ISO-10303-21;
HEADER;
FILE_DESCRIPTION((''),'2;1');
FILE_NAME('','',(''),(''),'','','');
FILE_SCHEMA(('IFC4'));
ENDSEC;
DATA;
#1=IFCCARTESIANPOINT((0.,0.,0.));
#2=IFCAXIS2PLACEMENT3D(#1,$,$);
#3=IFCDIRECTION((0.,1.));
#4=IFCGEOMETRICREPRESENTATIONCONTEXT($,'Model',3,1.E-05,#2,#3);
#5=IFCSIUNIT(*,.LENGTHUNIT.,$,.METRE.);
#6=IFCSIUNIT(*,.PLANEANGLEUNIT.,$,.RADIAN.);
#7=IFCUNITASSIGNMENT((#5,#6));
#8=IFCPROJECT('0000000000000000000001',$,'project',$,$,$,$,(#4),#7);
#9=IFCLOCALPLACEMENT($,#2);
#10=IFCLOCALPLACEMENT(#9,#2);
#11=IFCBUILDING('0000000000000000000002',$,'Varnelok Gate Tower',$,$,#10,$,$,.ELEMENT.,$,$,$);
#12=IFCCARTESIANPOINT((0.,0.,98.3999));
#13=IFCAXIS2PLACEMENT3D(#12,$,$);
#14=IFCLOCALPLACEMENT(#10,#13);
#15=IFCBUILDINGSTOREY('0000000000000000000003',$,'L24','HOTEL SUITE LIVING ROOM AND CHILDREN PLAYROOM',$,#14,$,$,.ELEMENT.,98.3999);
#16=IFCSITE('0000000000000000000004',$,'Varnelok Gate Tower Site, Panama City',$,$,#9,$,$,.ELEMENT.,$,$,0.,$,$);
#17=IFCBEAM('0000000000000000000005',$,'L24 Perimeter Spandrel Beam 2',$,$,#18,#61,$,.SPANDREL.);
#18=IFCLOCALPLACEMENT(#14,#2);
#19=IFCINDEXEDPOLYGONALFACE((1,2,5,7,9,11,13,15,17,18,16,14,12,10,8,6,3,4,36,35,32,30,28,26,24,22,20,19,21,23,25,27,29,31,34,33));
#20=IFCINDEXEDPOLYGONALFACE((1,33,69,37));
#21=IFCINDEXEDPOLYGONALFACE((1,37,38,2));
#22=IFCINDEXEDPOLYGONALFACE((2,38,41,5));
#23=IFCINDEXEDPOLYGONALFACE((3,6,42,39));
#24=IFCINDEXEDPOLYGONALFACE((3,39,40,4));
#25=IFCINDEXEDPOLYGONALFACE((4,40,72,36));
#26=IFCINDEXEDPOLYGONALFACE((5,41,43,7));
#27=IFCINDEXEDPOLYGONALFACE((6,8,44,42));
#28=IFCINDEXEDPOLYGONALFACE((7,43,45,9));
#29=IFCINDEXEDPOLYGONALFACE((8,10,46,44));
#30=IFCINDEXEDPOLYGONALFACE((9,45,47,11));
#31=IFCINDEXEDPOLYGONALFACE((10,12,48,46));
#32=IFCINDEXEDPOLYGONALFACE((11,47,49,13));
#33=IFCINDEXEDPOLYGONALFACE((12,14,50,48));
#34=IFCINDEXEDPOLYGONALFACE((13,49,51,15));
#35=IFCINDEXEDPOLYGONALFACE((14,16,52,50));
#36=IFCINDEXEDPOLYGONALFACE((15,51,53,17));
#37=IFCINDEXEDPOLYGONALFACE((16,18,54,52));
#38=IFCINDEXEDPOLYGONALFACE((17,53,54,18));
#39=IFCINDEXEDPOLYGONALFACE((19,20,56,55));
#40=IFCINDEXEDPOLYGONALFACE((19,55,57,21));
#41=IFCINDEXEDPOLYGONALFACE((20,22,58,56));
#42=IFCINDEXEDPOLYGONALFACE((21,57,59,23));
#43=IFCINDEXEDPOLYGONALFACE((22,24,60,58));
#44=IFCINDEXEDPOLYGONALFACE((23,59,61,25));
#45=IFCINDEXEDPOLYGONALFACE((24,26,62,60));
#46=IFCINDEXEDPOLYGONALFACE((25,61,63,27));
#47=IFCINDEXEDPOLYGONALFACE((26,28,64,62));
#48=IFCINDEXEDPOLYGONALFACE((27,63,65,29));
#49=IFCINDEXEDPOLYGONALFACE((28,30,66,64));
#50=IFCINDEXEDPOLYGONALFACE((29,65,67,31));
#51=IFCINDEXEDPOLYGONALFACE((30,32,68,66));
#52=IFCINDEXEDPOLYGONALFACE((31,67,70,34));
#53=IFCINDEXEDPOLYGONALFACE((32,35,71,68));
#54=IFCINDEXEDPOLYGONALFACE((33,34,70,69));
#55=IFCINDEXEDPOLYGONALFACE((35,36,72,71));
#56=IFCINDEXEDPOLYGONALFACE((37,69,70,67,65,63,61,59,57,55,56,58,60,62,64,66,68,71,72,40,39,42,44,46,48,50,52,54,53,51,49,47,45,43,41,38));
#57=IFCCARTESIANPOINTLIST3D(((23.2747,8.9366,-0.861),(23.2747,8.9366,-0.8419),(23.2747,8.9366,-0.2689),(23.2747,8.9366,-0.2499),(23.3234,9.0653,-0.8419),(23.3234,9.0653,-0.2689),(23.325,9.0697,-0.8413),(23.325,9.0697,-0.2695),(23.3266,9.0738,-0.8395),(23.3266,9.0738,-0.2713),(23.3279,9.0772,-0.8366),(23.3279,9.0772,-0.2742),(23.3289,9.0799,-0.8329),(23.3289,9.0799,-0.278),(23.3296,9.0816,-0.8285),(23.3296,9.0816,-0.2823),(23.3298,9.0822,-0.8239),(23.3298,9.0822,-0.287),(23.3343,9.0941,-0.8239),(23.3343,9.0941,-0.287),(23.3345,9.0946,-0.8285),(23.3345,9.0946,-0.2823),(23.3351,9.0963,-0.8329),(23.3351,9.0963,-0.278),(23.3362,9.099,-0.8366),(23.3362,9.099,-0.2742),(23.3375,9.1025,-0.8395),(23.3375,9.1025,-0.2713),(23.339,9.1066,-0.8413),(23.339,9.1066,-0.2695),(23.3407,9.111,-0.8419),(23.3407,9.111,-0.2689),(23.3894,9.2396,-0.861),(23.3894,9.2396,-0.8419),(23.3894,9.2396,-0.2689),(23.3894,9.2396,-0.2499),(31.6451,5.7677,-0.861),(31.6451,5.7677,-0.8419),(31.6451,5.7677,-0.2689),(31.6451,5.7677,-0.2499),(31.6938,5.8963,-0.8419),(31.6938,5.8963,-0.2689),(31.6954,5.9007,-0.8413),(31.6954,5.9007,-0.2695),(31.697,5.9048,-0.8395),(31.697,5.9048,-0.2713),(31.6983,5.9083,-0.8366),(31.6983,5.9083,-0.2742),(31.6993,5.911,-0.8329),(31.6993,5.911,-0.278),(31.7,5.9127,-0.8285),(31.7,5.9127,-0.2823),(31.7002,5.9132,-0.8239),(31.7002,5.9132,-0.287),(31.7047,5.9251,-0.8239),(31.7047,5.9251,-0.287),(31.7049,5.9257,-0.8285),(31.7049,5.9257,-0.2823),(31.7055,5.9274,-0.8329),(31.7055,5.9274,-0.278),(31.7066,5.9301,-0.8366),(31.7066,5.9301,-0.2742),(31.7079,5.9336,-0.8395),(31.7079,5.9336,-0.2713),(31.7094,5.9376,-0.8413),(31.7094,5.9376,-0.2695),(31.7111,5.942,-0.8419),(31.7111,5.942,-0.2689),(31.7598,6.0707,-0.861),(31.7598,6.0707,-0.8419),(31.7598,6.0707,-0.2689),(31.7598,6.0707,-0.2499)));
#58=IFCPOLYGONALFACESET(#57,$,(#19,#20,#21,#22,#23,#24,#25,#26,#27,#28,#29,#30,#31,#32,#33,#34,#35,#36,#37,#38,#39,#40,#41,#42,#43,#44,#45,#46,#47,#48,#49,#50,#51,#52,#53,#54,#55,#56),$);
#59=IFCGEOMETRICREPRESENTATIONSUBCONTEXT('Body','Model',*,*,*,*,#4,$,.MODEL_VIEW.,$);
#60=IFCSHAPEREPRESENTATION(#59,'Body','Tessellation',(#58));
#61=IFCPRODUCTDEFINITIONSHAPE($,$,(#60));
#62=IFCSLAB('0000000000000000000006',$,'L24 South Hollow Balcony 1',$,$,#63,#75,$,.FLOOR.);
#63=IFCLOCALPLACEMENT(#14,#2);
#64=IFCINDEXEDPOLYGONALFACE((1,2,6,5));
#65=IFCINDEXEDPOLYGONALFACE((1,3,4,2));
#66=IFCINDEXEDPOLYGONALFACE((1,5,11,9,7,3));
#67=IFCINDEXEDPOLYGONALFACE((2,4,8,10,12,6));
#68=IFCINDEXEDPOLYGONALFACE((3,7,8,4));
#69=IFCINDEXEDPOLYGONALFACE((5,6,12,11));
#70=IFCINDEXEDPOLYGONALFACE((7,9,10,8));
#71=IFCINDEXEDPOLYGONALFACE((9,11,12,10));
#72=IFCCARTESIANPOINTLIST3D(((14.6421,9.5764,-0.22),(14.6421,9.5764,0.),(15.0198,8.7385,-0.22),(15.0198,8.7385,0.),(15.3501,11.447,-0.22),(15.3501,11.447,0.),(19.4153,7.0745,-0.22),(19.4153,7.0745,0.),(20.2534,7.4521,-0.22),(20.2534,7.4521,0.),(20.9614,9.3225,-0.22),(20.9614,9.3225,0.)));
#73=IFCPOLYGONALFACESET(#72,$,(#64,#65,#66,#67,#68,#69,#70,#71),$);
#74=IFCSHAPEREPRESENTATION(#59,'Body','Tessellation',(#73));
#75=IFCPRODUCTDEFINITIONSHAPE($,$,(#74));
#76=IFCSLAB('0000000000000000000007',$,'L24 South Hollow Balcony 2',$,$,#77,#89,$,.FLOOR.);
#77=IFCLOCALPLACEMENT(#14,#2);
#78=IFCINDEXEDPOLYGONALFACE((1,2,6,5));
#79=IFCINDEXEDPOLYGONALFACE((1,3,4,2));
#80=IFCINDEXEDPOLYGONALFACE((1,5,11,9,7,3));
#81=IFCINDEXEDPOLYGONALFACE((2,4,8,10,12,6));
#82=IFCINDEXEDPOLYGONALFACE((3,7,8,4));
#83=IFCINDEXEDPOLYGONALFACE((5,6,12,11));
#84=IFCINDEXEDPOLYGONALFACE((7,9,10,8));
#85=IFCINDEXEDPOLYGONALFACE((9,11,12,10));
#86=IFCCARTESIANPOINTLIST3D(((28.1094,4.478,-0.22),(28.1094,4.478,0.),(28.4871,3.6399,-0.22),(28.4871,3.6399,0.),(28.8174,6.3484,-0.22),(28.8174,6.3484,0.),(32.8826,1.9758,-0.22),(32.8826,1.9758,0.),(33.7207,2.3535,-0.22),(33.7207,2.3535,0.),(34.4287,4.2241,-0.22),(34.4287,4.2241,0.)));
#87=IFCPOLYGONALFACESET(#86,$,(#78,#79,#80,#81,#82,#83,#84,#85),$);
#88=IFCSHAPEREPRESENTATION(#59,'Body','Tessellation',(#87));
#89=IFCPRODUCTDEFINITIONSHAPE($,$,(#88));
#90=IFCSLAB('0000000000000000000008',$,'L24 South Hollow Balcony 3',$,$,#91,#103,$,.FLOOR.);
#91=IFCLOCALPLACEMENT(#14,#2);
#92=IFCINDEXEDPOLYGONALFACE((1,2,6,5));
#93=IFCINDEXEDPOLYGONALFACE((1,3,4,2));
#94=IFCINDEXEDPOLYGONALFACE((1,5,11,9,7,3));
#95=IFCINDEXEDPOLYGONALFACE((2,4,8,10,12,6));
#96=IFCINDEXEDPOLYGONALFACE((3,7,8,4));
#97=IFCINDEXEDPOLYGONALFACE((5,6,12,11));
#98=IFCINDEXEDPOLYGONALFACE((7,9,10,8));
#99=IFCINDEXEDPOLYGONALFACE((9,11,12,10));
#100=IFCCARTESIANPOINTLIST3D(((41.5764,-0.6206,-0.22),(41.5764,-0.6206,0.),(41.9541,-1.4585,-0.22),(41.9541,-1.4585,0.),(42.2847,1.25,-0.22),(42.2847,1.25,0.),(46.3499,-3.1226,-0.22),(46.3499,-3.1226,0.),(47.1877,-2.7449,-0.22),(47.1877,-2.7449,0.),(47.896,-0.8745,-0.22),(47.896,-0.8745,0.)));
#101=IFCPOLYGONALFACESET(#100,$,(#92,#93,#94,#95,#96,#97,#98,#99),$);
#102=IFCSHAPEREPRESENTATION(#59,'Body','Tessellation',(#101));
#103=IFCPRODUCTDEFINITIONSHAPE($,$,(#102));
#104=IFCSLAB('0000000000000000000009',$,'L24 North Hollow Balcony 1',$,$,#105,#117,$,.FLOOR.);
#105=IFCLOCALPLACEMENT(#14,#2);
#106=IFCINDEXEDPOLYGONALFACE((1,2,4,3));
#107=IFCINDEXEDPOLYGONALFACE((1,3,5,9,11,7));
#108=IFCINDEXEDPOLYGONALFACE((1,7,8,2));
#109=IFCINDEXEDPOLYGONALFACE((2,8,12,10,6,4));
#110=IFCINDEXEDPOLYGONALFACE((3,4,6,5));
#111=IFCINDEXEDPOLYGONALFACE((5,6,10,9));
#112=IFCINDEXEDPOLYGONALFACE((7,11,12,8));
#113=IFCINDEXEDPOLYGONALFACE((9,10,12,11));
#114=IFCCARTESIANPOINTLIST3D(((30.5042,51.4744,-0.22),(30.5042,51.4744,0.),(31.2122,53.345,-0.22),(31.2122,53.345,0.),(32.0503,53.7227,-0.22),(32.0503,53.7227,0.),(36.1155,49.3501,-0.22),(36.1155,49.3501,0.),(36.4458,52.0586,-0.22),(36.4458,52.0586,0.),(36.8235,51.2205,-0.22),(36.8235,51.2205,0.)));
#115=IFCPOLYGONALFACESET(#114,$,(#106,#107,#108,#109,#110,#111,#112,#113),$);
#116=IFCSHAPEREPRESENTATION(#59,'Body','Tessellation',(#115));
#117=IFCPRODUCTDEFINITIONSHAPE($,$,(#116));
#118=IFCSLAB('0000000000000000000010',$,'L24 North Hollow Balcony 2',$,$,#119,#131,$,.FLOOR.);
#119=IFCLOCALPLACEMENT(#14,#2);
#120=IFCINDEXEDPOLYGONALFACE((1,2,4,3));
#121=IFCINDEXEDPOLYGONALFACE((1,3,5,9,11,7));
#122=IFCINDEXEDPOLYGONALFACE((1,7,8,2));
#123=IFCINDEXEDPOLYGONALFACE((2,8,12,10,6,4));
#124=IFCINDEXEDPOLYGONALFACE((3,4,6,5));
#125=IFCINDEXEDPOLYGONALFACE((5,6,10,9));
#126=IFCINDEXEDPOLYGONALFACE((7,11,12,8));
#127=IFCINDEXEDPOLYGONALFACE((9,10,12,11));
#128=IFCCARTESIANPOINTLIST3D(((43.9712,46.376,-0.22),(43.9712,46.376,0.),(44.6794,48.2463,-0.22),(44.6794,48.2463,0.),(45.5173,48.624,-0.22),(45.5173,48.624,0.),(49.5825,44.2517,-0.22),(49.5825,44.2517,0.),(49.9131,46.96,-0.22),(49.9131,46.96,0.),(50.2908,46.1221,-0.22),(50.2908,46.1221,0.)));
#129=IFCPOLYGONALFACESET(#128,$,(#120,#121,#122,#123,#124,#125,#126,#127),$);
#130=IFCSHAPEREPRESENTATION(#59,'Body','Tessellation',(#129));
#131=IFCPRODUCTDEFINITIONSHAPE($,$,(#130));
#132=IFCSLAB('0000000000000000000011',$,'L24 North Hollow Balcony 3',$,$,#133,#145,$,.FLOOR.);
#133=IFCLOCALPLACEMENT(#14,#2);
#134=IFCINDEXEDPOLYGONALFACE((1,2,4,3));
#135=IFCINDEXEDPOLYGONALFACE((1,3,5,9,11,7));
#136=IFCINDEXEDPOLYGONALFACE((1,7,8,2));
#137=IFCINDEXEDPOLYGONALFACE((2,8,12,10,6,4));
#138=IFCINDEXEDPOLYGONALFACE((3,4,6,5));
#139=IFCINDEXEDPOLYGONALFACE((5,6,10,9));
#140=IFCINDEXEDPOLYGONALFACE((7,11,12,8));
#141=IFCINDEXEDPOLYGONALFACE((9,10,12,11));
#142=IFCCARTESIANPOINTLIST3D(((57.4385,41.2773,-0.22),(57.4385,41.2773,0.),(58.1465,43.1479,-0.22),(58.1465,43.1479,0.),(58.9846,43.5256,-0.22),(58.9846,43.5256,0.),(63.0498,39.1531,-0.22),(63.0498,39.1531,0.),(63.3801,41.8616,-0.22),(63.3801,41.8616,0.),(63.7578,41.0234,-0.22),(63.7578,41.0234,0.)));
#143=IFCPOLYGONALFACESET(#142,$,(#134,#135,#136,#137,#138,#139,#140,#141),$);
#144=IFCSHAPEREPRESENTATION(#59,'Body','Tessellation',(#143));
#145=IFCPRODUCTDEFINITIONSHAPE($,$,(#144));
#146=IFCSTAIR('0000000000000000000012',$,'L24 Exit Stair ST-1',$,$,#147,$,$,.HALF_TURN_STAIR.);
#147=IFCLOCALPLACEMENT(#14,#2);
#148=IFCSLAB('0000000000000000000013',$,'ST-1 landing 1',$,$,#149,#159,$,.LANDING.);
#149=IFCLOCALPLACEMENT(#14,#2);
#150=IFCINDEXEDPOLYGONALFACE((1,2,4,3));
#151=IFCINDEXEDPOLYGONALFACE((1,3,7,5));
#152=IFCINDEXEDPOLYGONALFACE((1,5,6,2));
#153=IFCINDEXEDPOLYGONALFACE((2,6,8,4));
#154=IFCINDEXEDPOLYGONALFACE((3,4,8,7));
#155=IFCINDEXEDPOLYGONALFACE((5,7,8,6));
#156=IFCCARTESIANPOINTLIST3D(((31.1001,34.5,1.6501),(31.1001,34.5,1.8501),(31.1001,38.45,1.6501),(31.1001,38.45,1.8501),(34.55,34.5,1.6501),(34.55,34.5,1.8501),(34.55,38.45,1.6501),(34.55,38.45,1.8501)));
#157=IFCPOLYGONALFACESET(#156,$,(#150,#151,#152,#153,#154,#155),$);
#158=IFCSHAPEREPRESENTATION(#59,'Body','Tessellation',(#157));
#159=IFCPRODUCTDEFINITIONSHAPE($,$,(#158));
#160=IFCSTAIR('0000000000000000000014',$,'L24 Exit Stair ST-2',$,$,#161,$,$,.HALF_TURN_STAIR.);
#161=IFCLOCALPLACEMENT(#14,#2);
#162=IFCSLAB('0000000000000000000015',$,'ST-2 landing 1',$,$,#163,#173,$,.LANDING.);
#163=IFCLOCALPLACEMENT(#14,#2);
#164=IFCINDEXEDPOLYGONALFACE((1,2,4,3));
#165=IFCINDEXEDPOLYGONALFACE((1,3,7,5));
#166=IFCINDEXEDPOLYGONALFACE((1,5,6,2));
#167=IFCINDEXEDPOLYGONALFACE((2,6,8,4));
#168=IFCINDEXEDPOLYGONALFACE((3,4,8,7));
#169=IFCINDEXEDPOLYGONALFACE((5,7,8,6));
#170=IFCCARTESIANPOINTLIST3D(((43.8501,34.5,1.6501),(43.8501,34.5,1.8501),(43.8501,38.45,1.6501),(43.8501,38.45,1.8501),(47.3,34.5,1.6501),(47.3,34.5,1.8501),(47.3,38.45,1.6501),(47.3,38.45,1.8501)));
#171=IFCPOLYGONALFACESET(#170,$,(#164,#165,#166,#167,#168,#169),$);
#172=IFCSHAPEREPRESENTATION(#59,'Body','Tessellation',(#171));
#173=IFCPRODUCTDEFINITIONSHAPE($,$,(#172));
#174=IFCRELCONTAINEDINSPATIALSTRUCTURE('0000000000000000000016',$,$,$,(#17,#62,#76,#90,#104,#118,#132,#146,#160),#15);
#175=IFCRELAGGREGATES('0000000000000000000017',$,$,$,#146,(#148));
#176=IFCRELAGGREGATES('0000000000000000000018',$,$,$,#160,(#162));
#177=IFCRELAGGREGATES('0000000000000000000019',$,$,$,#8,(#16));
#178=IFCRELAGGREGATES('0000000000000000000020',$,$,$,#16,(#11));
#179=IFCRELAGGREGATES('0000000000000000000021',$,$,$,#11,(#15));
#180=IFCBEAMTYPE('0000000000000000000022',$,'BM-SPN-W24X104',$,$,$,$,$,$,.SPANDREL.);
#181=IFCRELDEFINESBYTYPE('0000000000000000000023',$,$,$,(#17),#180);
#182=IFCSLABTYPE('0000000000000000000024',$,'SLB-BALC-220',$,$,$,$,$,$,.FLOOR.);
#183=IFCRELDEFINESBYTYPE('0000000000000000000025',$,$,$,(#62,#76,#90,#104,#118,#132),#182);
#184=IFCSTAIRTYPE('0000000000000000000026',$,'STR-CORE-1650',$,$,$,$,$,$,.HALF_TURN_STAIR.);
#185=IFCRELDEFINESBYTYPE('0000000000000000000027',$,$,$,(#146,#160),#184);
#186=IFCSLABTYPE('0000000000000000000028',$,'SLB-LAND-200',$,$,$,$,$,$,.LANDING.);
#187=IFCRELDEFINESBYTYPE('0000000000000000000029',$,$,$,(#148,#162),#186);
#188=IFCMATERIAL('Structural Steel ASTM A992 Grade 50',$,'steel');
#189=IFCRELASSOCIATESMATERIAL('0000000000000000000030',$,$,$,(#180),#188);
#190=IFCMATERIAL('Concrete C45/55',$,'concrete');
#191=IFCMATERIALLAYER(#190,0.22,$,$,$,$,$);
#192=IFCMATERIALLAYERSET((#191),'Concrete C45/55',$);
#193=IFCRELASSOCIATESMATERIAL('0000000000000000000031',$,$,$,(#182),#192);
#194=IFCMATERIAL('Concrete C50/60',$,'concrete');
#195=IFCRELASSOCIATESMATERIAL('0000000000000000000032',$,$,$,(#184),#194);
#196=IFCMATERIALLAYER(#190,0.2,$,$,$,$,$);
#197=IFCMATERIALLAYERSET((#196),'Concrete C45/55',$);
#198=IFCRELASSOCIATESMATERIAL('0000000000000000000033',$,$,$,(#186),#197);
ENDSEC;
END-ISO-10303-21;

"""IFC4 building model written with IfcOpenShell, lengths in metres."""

from ifc_helpers import new_model, si_unit, direction, frame, origin, origin_2d, place, context, subcontext, project, spatial, polyline, i_section, outline, extrude, material, layer, layer_set, material_profile, profile_set, type_object, element, aggregate, save


model = new_model("IFC4")

# Units and contexts
model_context = context("Model", 3, precision=1e-05, world=origin(), true_north=direction((0.0, 1.0)))
body_context = subcontext(model_context, "Body", "Model", "MODEL_VIEW")
ifc_project = project(units=[si_unit("LENGTHUNIT", "METRE"), si_unit("PLANEANGLEUNIT", "RADIAN")], contexts=[model_context])

# Site, building, storey
site_placement = place(None, origin())
site = spatial("IfcSite", under=ifc_project, at=site_placement, Name="Varnelok Gate Tower Site, Panama City", CompositionType="ELEMENT", RefElevation=0.0)
building_placement = place(site_placement, origin())
building = spatial("IfcBuilding", under=site, at=building_placement, Name="Varnelok Gate Tower", CompositionType="ELEMENT")
storey_placement = place(building_placement, frame((0.0, 0.0, 98.3999)))
storey = spatial("IfcBuildingStorey", under=building, at=storey_placement, Name="L24", Description="HOTEL SUITE LIVING ROOM AND CHILDREN PLAYROOM", CompositionType="ELEMENT", Elevation=98.3999)

# Shared definitions
ifc_material_1 = material(Name="Structural Steel ASTM A992 Grade 50", Category="steel")

# Beam
ifc_material_profile_1 = material_profile(ifc_material_1, i_section(OverallWidth=0.324, OverallDepth=0.6111, WebThickness=0.0127, FlangeThickness=0.019, FilletRadius=0.0181, at=origin_2d()), Name="W24X104")
ifc_profile_set_1 = profile_set([ifc_material_profile_1], Name="Structural Steel ASTM A992 Grade 50")
beam_type_1 = type_object("IfcBeamType", Name="BM-SPN-W24X104", PredefinedType="SPANDREL", material=ifc_profile_set_1)
beam_1_placement = place(storey_placement, frame((23.332, 9.0881, -0.5554), z_axis=(0.93522, -0.354066, 0.0), x_axis=(0.354066, 0.93522, 0.0)))
element("IfcBeam", 1, at=beam_1_placement, inside=storey, type_object=beam_type_1, Name="L24 Perimeter Spandrel Beam 2", PredefinedType="SPANDREL", context=body_context, shape_type="SweptSolid", body=[
    extrude(i_section(OverallWidth=0.324, OverallDepth=0.6111, WebThickness=0.0127, FlangeThickness=0.019, FilletRadius=0.0181, at=origin_2d()), origin(), (0.0, 0.0, 1.0), 8.9502),
])

# Slabs
ifc_material_2 = material(Name="Concrete C45/55", Category="concrete")
ifc_layer_1 = layer(ifc_material_2, 0.22)
ifc_layer_set_1 = layer_set([ifc_layer_1], Name="Concrete C45/55")
slab_type_1 = type_object("IfcSlabType", Name="SLB-BALC-220", PredefinedType="FLOOR", material=ifc_layer_set_1)
slab_1_placement = place(storey_placement, frame((0.0, 0.0, -0.22)))
element("IfcSlab", 2, at=slab_1_placement, inside=storey, type_object=slab_type_1, Name="L24 South Hollow Balcony 1", PredefinedType="FLOOR", context=body_context, shape_type="SweptSolid", body=[
    extrude(outline(polyline([(14.6421, 9.5764), (15.0198, 8.7385), (19.4153, 7.0745), (20.2534, 7.4521), (20.9614, 9.3225), (15.3501, 11.447), (14.6421, 9.5764)])), origin(), (0.0, 0.0, 1.0), 0.22),
])
slab_2_placement = place(storey_placement, frame((0.0, 0.0, -0.22)))
element("IfcSlab", 3, at=slab_2_placement, inside=storey, type_object=slab_type_1, Name="L24 South Hollow Balcony 2", PredefinedType="FLOOR", context=body_context, shape_type="SweptSolid", body=[
    extrude(outline(polyline([(28.1094, 4.478), (28.4871, 3.6399), (32.8826, 1.9758), (33.7207, 2.3535), (34.4287, 4.2241), (28.8174, 6.3484), (28.1094, 4.478)])), origin(), (0.0, 0.0, 1.0), 0.22),
])
slab_3_placement = place(storey_placement, frame((0.0, 0.0, -0.22)))
element("IfcSlab", 4, at=slab_3_placement, inside=storey, type_object=slab_type_1, Name="L24 South Hollow Balcony 3", PredefinedType="FLOOR", context=body_context, shape_type="SweptSolid", body=[
    extrude(outline(polyline([(41.5764, -0.6206), (41.9541, -1.4585), (46.3499, -3.1226), (47.1877, -2.7449), (47.896, -0.8745), (42.2847, 1.25), (41.5764, -0.6206)])), origin(), (0.0, 0.0, 1.0), 0.22),
])
slab_4_placement = place(storey_placement, frame((0.0, 0.0, -0.22)))
element("IfcSlab", 5, at=slab_4_placement, inside=storey, type_object=slab_type_1, Name="L24 North Hollow Balcony 1", PredefinedType="FLOOR", context=body_context, shape_type="SweptSolid", body=[
    extrude(outline(polyline([(30.5042, 51.4744), (36.1155, 49.3501), (36.8235, 51.2205), (36.4458, 52.0586), (32.0503, 53.7227), (31.2122, 53.345), (30.5042, 51.4744)])), origin(), (0.0, 0.0, 1.0), 0.22),
])
slab_5_placement = place(storey_placement, frame((0.0, 0.0, -0.22)))
element("IfcSlab", 6, at=slab_5_placement, inside=storey, type_object=slab_type_1, Name="L24 North Hollow Balcony 2", PredefinedType="FLOOR", context=body_context, shape_type="SweptSolid", body=[
    extrude(outline(polyline([(43.9712, 46.376), (49.5825, 44.2517), (50.2908, 46.1221), (49.9131, 46.96), (45.5173, 48.624), (44.6794, 48.2463), (43.9712, 46.376)])), origin(), (0.0, 0.0, 1.0), 0.22),
])
slab_6_placement = place(storey_placement, frame((0.0, 0.0, -0.22)))
element("IfcSlab", 7, at=slab_6_placement, inside=storey, type_object=slab_type_1, Name="L24 North Hollow Balcony 3", PredefinedType="FLOOR", context=body_context, shape_type="SweptSolid", body=[
    extrude(outline(polyline([(57.4385, 41.2773), (63.0498, 39.1531), (63.7578, 41.0234), (63.3801, 41.8616), (58.9846, 43.5256), (58.1465, 43.1479), (57.4385, 41.2773)])), origin(), (0.0, 0.0, 1.0), 0.22),
])

# Stairs, slabs
ifc_material_3 = material(Name="Concrete C50/60", Category="concrete")
stair_type = type_object("IfcStairType", Name="STR-CORE-1650", PredefinedType="HALF_TURN_STAIR", material=ifc_material_3)
stair_1_placement = place(storey_placement, origin())
stair_1 = element("IfcStair", 8, at=stair_1_placement, inside=storey, type_object=stair_type, Name="L24 Exit Stair ST-1", PredefinedType="HALF_TURN_STAIR")
ifc_layer_2 = layer(ifc_material_2, 0.2)
ifc_layer_set_2 = layer_set([ifc_layer_2], Name="Concrete C45/55")
slab_type_2 = type_object("IfcSlabType", Name="SLB-LAND-200", PredefinedType="LANDING", material=ifc_layer_set_2)
slab_7_placement = place(storey_placement, frame((0.0, 0.0, 1.6501)))
slab_7 = element("IfcSlab", 9, at=slab_7_placement, type_object=slab_type_2, Name="ST-1 landing 1", PredefinedType="LANDING", context=body_context, shape_type="SweptSolid", body=[
    extrude(outline(polyline([(34.55, 34.5), (34.55, 38.45), (31.1001, 38.45), (31.1001, 34.5), (34.55, 34.5)])), origin(), (0.0, 0.0, 1.0), 0.2),
])
aggregate(stair_1, [slab_7])
stair_2_placement = place(storey_placement, origin())
stair_2 = element("IfcStair", 10, at=stair_2_placement, inside=storey, type_object=stair_type, Name="L24 Exit Stair ST-2", PredefinedType="HALF_TURN_STAIR")
slab_8_placement = place(storey_placement, frame((0.0, 0.0, 1.6501)))
slab_8 = element("IfcSlab", 11, at=slab_8_placement, type_object=slab_type_2, Name="ST-2 landing 1", PredefinedType="LANDING", context=body_context, shape_type="SweptSolid", body=[
    extrude(outline(polyline([(47.3, 34.5), (47.3, 38.45), (43.8501, 38.45), (43.8501, 34.5), (47.3, 34.5)])), origin(), (0.0, 0.0, 1.0), 0.2),
])
aggregate(stair_2, [slab_8])

save(model, "model.ifc")
